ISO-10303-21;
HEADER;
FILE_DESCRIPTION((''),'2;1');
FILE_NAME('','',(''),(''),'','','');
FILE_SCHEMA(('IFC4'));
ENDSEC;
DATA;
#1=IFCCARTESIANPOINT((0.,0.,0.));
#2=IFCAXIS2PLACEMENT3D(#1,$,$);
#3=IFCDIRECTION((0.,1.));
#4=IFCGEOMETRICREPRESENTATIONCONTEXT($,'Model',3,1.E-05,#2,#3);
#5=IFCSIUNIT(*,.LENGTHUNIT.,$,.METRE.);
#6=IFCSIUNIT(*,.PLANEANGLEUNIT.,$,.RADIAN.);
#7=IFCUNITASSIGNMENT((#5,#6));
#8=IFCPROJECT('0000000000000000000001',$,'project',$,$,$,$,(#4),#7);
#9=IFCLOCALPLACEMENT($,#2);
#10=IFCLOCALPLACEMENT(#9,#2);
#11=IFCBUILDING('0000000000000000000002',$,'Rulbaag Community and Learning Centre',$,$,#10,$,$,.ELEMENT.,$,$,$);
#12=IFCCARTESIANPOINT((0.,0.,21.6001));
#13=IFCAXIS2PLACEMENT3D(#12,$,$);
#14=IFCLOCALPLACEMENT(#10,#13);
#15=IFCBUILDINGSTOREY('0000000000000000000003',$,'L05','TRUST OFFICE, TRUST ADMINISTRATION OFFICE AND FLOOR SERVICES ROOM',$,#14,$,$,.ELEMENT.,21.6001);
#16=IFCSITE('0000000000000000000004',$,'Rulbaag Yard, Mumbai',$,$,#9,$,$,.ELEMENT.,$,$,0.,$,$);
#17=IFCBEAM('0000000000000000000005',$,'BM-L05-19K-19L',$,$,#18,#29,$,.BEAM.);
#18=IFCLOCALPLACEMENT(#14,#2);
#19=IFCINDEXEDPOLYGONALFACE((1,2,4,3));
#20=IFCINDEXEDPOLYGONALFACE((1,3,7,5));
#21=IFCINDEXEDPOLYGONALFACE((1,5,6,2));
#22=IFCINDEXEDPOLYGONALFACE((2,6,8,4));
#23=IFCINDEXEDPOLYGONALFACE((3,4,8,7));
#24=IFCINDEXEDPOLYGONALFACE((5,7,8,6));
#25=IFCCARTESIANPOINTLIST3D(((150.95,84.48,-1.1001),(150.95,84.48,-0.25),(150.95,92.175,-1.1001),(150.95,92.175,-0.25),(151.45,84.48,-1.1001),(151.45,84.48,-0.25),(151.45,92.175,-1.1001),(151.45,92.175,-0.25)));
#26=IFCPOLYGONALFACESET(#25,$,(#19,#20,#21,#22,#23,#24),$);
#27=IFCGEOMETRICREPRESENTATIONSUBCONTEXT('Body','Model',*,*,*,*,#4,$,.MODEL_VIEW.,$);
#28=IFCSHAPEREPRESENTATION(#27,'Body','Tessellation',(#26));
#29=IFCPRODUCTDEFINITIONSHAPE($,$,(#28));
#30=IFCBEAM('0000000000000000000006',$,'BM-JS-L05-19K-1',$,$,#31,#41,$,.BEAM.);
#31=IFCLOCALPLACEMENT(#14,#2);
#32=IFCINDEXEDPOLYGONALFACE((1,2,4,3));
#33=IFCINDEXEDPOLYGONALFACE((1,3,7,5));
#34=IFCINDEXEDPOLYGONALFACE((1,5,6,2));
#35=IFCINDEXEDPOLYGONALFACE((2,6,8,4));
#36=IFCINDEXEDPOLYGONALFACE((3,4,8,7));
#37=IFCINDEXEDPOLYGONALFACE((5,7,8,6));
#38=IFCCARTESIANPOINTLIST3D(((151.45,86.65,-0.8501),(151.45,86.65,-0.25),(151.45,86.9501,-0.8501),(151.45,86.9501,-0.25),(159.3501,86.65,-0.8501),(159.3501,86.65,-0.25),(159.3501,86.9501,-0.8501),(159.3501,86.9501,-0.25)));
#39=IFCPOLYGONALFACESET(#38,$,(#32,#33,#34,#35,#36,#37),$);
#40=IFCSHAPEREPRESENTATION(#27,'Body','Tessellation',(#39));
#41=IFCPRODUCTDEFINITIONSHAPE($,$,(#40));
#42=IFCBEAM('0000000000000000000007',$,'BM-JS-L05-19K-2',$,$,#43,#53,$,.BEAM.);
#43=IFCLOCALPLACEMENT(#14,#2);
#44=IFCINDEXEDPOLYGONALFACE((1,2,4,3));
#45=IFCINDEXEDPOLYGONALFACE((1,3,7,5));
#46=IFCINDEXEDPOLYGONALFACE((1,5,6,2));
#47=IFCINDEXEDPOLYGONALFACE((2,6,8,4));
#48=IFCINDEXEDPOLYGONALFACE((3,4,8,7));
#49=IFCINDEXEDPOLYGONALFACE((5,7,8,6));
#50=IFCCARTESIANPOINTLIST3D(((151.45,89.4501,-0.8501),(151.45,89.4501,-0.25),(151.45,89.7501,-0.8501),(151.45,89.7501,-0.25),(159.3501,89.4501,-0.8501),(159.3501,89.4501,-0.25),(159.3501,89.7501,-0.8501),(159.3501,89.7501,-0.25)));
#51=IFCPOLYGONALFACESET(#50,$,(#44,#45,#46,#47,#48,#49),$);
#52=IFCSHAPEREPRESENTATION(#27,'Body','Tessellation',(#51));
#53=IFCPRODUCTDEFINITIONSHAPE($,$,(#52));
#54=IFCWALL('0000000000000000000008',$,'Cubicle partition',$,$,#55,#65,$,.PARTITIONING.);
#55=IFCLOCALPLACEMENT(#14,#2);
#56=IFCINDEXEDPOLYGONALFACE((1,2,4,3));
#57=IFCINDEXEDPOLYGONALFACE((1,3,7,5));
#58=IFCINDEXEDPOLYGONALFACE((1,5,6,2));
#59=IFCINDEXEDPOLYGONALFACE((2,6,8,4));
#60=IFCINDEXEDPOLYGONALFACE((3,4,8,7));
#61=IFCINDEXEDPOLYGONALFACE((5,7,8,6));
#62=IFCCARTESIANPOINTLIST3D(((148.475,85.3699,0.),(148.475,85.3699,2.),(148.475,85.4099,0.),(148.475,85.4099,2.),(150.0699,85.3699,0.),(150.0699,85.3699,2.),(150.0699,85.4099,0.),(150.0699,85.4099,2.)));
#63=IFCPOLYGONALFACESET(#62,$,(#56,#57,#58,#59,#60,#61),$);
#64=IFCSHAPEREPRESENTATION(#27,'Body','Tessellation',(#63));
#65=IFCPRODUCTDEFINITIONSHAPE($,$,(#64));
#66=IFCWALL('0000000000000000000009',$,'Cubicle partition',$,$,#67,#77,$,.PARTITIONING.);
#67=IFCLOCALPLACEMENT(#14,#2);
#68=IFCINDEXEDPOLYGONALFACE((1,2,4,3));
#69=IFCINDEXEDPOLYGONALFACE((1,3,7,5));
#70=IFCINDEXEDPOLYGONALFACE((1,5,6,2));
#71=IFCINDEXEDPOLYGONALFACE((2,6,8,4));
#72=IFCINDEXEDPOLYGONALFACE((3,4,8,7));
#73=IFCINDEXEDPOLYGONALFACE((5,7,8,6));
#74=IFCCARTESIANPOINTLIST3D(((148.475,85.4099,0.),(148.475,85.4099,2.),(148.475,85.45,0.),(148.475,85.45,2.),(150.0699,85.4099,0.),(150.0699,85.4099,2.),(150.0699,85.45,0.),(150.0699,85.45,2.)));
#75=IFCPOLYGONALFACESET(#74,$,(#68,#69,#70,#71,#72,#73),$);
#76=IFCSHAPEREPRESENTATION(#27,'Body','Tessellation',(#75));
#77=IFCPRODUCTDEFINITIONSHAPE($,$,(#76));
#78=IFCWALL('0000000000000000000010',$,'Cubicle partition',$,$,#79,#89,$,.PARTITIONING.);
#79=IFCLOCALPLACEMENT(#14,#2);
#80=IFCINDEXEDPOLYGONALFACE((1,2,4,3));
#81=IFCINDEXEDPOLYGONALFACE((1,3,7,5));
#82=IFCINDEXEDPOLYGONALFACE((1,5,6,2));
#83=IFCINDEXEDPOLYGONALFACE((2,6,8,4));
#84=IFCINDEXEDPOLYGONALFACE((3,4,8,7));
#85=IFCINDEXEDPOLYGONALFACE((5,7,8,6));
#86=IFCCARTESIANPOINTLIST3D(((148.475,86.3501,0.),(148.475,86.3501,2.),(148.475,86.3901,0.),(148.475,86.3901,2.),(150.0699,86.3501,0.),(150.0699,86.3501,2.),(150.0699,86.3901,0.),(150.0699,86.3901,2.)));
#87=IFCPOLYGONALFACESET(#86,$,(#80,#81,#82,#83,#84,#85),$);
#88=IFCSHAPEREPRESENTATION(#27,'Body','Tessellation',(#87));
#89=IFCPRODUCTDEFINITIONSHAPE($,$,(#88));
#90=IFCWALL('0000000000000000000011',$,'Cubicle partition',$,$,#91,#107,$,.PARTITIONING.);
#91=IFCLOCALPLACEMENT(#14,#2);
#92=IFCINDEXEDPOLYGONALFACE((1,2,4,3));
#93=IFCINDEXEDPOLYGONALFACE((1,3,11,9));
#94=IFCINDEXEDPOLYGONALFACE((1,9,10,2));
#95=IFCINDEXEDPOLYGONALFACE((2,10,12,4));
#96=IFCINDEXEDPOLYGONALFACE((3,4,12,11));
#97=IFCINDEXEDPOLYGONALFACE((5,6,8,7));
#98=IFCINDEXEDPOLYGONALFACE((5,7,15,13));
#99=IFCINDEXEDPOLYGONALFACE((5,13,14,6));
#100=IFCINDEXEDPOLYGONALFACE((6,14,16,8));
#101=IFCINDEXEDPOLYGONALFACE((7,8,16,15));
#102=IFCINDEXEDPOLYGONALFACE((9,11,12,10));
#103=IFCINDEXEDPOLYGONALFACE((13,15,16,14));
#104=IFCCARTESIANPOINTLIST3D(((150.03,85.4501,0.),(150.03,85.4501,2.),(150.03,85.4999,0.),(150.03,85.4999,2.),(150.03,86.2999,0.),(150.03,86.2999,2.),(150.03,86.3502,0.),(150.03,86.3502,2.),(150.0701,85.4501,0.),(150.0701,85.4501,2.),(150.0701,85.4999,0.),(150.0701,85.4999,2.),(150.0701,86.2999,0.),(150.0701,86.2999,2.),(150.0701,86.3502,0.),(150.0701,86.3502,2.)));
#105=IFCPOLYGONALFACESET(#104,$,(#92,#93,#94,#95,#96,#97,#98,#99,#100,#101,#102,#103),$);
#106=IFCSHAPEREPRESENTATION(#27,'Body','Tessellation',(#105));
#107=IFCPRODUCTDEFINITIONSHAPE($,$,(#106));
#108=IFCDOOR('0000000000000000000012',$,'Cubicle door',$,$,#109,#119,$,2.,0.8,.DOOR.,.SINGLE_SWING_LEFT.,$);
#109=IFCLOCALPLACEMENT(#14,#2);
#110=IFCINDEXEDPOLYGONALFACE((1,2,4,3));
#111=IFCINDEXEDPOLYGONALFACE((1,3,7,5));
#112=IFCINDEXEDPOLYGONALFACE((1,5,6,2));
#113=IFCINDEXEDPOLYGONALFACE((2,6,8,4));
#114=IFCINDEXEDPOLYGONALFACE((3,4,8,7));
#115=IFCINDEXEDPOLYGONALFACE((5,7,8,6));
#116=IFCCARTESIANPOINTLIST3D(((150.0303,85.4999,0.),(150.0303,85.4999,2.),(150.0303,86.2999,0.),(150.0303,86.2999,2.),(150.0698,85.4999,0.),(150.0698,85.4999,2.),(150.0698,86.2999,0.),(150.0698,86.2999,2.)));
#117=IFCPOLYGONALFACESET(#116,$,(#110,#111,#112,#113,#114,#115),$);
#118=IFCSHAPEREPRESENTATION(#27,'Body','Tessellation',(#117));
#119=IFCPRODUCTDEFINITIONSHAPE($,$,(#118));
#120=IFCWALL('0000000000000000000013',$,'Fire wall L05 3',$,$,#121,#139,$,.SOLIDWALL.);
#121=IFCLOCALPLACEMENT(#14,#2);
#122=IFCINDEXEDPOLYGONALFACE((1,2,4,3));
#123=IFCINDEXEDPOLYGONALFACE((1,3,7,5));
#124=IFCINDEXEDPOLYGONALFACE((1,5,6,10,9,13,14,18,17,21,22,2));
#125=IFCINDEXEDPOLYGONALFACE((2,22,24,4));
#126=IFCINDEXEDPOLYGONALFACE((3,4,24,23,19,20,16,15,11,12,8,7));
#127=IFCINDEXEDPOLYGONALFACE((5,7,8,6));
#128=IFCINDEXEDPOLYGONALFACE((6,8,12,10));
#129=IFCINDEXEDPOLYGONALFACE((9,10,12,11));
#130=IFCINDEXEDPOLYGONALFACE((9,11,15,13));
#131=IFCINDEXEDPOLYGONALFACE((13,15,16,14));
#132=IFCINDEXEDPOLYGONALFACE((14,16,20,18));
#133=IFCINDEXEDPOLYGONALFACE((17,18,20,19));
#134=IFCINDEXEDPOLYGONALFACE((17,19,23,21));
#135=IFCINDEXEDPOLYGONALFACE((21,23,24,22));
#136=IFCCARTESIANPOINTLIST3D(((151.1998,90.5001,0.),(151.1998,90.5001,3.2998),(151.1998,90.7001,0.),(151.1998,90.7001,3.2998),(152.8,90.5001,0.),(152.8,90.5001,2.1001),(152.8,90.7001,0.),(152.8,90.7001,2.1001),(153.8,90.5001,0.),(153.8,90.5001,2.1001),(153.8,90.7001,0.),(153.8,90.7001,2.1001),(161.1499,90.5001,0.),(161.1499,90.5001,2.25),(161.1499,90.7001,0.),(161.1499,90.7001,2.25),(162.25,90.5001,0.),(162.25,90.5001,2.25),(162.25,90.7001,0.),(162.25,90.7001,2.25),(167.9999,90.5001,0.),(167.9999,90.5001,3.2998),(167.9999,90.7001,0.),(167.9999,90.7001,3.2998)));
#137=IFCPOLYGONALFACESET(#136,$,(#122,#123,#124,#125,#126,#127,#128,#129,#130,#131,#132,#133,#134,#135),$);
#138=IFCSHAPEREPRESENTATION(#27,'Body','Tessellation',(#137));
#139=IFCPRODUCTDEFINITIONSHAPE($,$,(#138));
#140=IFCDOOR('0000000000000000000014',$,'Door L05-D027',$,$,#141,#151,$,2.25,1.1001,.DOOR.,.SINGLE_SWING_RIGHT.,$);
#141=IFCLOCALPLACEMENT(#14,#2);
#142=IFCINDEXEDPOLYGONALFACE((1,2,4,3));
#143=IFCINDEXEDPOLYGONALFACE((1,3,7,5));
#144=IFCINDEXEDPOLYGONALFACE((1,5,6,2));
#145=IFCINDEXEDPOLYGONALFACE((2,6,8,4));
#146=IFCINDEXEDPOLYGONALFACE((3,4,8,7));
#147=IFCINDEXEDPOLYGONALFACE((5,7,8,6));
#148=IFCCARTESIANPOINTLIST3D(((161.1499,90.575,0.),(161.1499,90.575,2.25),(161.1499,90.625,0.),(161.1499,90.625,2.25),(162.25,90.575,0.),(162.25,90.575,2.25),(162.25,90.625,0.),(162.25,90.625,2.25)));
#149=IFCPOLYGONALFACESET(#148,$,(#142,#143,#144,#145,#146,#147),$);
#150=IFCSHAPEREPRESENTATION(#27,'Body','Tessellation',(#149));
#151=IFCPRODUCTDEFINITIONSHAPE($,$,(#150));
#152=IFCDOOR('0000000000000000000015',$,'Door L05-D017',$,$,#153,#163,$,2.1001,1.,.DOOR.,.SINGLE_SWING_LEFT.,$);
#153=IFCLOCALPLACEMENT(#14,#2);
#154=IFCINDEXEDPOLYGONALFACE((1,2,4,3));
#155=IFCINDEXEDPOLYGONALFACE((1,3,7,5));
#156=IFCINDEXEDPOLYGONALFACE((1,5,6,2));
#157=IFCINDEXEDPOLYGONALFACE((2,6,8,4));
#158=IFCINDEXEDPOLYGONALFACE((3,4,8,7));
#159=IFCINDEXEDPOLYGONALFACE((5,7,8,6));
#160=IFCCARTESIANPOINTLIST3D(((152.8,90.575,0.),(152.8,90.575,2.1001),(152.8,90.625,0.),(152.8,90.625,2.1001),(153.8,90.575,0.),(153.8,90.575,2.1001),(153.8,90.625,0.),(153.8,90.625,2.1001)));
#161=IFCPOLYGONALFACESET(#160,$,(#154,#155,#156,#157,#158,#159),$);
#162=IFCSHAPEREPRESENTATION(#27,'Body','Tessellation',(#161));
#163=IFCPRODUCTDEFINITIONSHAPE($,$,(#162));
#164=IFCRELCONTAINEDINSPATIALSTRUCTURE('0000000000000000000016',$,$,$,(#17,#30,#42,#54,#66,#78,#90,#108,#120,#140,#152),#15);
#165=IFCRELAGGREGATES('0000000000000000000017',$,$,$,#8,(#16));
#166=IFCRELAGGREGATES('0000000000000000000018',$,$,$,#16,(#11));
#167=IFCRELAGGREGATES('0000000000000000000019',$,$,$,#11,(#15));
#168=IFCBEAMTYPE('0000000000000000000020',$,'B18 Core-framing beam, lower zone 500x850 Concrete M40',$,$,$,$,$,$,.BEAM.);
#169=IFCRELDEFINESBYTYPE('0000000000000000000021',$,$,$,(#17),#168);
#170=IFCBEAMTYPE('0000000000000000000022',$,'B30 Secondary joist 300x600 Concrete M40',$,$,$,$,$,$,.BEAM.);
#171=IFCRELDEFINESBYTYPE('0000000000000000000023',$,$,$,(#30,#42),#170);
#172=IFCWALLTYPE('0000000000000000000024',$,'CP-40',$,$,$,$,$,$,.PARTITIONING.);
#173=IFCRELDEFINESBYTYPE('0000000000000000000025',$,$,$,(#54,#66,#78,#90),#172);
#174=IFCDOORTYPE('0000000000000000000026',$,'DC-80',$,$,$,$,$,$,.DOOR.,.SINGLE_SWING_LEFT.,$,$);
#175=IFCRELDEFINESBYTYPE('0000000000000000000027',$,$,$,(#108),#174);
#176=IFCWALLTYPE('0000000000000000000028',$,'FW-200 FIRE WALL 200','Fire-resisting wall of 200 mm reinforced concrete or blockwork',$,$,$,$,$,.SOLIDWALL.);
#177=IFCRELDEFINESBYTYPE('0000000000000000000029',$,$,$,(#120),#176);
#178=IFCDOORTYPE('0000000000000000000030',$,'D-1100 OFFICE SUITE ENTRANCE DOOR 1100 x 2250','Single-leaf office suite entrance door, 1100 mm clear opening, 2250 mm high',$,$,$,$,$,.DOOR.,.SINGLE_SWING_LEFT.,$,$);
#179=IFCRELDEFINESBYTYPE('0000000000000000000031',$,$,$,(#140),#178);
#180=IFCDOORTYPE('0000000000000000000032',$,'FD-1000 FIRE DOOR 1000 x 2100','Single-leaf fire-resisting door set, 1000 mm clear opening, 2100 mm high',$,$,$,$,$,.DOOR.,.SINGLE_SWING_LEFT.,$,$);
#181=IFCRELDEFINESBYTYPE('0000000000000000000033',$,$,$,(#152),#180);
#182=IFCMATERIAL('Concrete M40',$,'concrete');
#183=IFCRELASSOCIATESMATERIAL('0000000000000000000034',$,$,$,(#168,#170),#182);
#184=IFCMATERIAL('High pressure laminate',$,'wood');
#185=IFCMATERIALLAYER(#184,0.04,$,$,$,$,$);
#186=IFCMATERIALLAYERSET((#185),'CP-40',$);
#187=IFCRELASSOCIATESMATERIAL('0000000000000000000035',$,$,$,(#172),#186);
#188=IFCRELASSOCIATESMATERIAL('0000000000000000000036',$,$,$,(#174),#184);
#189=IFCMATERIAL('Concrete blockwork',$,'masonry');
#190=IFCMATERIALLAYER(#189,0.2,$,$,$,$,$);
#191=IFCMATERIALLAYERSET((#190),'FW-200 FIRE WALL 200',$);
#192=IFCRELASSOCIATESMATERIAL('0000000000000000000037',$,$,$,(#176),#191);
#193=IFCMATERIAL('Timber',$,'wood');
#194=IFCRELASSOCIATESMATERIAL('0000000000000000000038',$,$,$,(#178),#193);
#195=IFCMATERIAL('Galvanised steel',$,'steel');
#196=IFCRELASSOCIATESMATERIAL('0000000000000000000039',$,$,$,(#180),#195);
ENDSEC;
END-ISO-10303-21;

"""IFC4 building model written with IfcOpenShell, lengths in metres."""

from ifc_helpers import new_model, si_unit, direction, frame, frame_2d, origin, origin_2d, place, context, subcontext, project, spatial, rectangle, extrude, material, layer, layer_set, material_profile, profile_set, type_object, element, fill, save


model = new_model("IFC4")

# Units and contexts
model_context = context("Model", 3, precision=1e-05, world=origin(), true_north=direction((0.0, 1.0)))
body_context = subcontext(model_context, "Body", "Model", "MODEL_VIEW")
ifc_project = project(units=[si_unit("LENGTHUNIT", "METRE"), si_unit("PLANEANGLEUNIT", "RADIAN")], contexts=[model_context])

# Site, building, storey
site_placement = place(None, origin())
site = spatial("IfcSite", under=ifc_project, at=site_placement, Name="Rulbaag Yard, Mumbai", CompositionType="ELEMENT", RefElevation=0.0)
building_placement = place(site_placement, origin())
building = spatial("IfcBuilding", under=site, at=building_placement, Name="Rulbaag Community and Learning Centre", CompositionType="ELEMENT")
storey_placement = place(building_placement, frame((0.0, 0.0, 21.6001)))
storey = spatial("IfcBuildingStorey", under=building, at=storey_placement, Name="L05", Description="TRUST OFFICE, TRUST ADMINISTRATION OFFICE AND FLOOR SERVICES ROOM", CompositionType="ELEMENT", Elevation=21.6001)

# Beams
ifc_material_1 = material(Name="Concrete M40", Category="concrete")
ifc_material_profile_1 = material_profile(ifc_material_1, rectangle(XDim=0.5, YDim=0.8501, at=origin_2d()), Name="RB500x850")
ifc_profile_set_1 = profile_set([ifc_material_profile_1], Name="Concrete M40")
beam_type_1 = type_object("IfcBeamType", Name="B18 Core-framing beam, lower zone 500x850 Concrete M40", PredefinedType="BEAM", material=ifc_profile_set_1)
beam_placement = place(storey_placement, frame((151.2, 84.48, -0.675), z_axis=(0.0, 1.0, 0.0), x_axis=(-1.0, 0.0, 0.0)))
element("IfcBeam", 1, at=beam_placement, inside=storey, type_object=beam_type_1, Name="BM-L05-19K-19L", PredefinedType="BEAM", context=body_context, shape_type="SweptSolid", body=[
    extrude(rectangle(XDim=0.5, YDim=0.8501, at=origin_2d()), origin(), (0.0, 0.0, 1.0), 7.6951),
])
ifc_material_profile_2 = material_profile(ifc_material_1, rectangle(XDim=0.3, YDim=0.6001, at=origin_2d()), Name="RB300x600")
ifc_profile_set_2 = profile_set([ifc_material_profile_2], Name="Concrete M40")
beam_type_2 = type_object("IfcBeamType", Name="B30 Secondary joist 300x600 Concrete M40", PredefinedType="BEAM", material=ifc_profile_set_2)
for number, where, z_axis, x_axis, name in (
    (2, (151.45, 86.8, -0.55), (1.0, 0.0, 0.0), (0.0, 1.0, 0.0), "BM-JS-L05-19K-1"),
    (3, (151.45, 89.6001, -0.55), (1.0, 0.0, 0.0), (0.0, 1.0, 0.0), "BM-JS-L05-19K-2"),
):
    element("IfcBeam", number, at=place(storey_placement, frame(where, z_axis=z_axis, x_axis=x_axis)), inside=storey, type_object=beam_type_2, Name=name, PredefinedType="BEAM", context=body_context, shape_type="SweptSolid", body=[
        extrude(rectangle(XDim=0.3, YDim=0.6001, at=origin_2d()), origin(), (0.0, 0.0, 1.0), 7.9001),
    ])

# Walls
ifc_material_2 = material(Name="High pressure laminate", Category="wood")
ifc_layer_1 = layer(ifc_material_2, 0.04)
ifc_layer_set_1 = layer_set([ifc_layer_1], Name="CP-40")
wall_type_1 = type_object("IfcWallType", Name="CP-40", PredefinedType="PARTITIONING", material=ifc_layer_set_1)
for number, where, z_axis, x_axis, name in (
    (4, (148.4751, 85.3899, 0.0), (0.0, 0.0, 1.0), (1.0, 0.0, 0.0), "Cubicle partition"),
    (5, (148.4751, 85.4299, 0.0), (0.0, 0.0, 1.0), (1.0, 0.0, 0.0), "Cubicle partition"),
    (6, (148.4751, 86.3701, 0.0), (0.0, 0.0, 1.0), (1.0, 0.0, 0.0), "Cubicle partition"),
):
    element("IfcWall", number, at=place(storey_placement, frame(where, z_axis=z_axis, x_axis=x_axis)), inside=storey, type_object=wall_type_1, Name=name, PredefinedType="PARTITIONING", context=body_context, shape_type="SweptSolid", body=[
        extrude(rectangle(XDim=1.595, YDim=0.04, at=frame_2d((0.7974, 0.0))), origin(), (0.0, 0.0, 1.0), 2.0),
    ])

# Wall, opening, door
wall_1_placement = place(storey_placement, frame((150.05, 85.45, 0.0), z_axis=(0.0, 0.0, 1.0), x_axis=(0.0, 1.0, 0.0)))
wall_1 = element("IfcWall", 7, at=wall_1_placement, inside=storey, type_object=wall_type_1, Name="Cubicle partition", PredefinedType="PARTITIONING", context=body_context, shape_type="SweptSolid", body=[
    extrude(rectangle(XDim=0.9001, YDim=0.04, at=frame_2d((0.4502, 0.0))), origin(), (0.0, 0.0, 1.0), 2.0),
])
opening_1_placement = place(wall_1_placement, frame((0.05, 0.0, 0.0)))
opening_1 = element("IfcOpeningElement", 8, at=opening_1_placement, cuts=wall_1, PredefinedType="OPENING", context=body_context, shape_type="SweptSolid", body=[
    extrude(rectangle(XDim=0.8, YDim=2.0, at=frame_2d((0.3999, 1.0))), frame((0.0, 0.03, 0.0), z_axis=(0.0, -1.0, 0.0), x_axis=(1.0, 0.0, 0.0)), (0.0, 0.0, 1.0), 0.0601),
])
door_type_1 = type_object("IfcDoorType", Name="DC-80", OperationType="SINGLE_SWING_LEFT", PredefinedType="DOOR", material=ifc_material_2)
door_1_placement = place(opening_1_placement, origin())
door_1 = element("IfcDoor", 9, at=door_1_placement, inside=storey, type_object=door_type_1, Name="Cubicle door", OperationType="SINGLE_SWING_LEFT", OverallHeight=2.0, OverallWidth=0.8, PredefinedType="DOOR", context=body_context, shape_type="SweptSolid", body=[
    extrude(rectangle(XDim=0.8, YDim=2.0, at=frame_2d((0.3999, 1.0))), frame((0.0, 0.0198, 0.0), z_axis=(0.0, -1.0, 0.0), x_axis=(1.0, 0.0, 0.0)), (0.0, 0.0, 1.0), 0.0396),
])
fill(opening_1, door_1)

# Wall, openings, doors
ifc_material_3 = material(Name="Concrete blockwork", Category="masonry")
ifc_layer_2 = layer(ifc_material_3, 0.2)
ifc_layer_set_2 = layer_set([ifc_layer_2], Name="FW-200 FIRE WALL 200")
wall_type_2 = type_object("IfcWallType", Name="FW-200 FIRE WALL 200", Description="Fire-resisting wall of 200 mm reinforced concrete or blockwork", PredefinedType="SOLIDWALL", material=ifc_layer_set_2)
wall_2_placement = place(storey_placement, frame((151.2, 90.6001, 0.0), z_axis=(0.0, 0.0, 1.0), x_axis=(1.0, 0.0, 0.0)))
wall_2 = element("IfcWall", 10, at=wall_2_placement, inside=storey, type_object=wall_type_2, Name="Fire wall L05 3", PredefinedType="SOLIDWALL", context=body_context, shape_type="SweptSolid", body=[
    extrude(rectangle(XDim=16.8, YDim=0.2, at=frame_2d((8.3999, 0.0))), origin(), (0.0, 0.0, 1.0), 3.2998),
])
opening_2_placement = place(wall_2_placement, frame((1.6001, 0.0, 0.0)))
opening_2 = element("IfcOpeningElement", 11, at=opening_2_placement, cuts=wall_2, PredefinedType="OPENING", context=body_context, shape_type="SweptSolid", body=[
    extrude(rectangle(XDim=1.0, YDim=2.1001, at=frame_2d((0.5, 1.05))), frame((0.0, 0.1099, 0.0), z_axis=(0.0, -1.0, 0.0), x_axis=(1.0, 0.0, 0.0)), (0.0, 0.0, 1.0), 0.22),
])
opening_3_placement = place(wall_2_placement, frame((9.95, 0.0, 0.0)))
opening_3 = element("IfcOpeningElement", 12, at=opening_3_placement, cuts=wall_2, PredefinedType="OPENING", context=body_context, shape_type="SweptSolid", body=[
    extrude(rectangle(XDim=1.1001, YDim=2.25, at=frame_2d((0.55, 1.125))), frame((0.0, 0.1099, 0.0), z_axis=(0.0, -1.0, 0.0), x_axis=(1.0, 0.0, 0.0)), (0.0, 0.0, 1.0), 0.22),
])
ifc_material_4 = material(Name="Timber", Category="wood")
door_type_2 = type_object("IfcDoorType", Name="D-1100 OFFICE SUITE ENTRANCE DOOR 1100 x 2250", Description="Single-leaf office suite entrance door, 1100 mm clear opening, 2250 mm high", OperationType="SINGLE_SWING_LEFT", PredefinedType="DOOR", material=ifc_material_4)
door_2_placement = place(opening_3_placement, origin())
door_2 = element("IfcDoor", 13, at=door_2_placement, inside=storey, type_object=door_type_2, Name="Door L05-D027", OperationType="SINGLE_SWING_RIGHT", OverallHeight=2.25, OverallWidth=1.1001, PredefinedType="DOOR", context=body_context, shape_type="SweptSolid", body=[
    extrude(rectangle(XDim=1.1001, YDim=2.25, at=frame_2d((0.55, 1.125))), frame((0.0, 0.0249, 0.0), z_axis=(0.0, -1.0, 0.0), x_axis=(1.0, 0.0, 0.0)), (0.0, 0.0, 1.0), 0.05),
])
fill(opening_3, door_2)
ifc_material_5 = material(Name="Galvanised steel", Category="steel")
door_type_3 = type_object("IfcDoorType", Name="FD-1000 FIRE DOOR 1000 x 2100", Description="Single-leaf fire-resisting door set, 1000 mm clear opening, 2100 mm high", OperationType="SINGLE_SWING_LEFT", PredefinedType="DOOR", material=ifc_material_5)
door_3_placement = place(opening_2_placement, origin())
door_3 = element("IfcDoor", 14, at=door_3_placement, inside=storey, type_object=door_type_3, Name="Door L05-D017", OperationType="SINGLE_SWING_LEFT", OverallHeight=2.1001, OverallWidth=1.0, PredefinedType="DOOR", context=body_context, shape_type="SweptSolid", body=[
    extrude(rectangle(XDim=1.0, YDim=2.1001, at=frame_2d((0.5, 1.05))), frame((0.0, 0.0249, 0.0), z_axis=(0.0, -1.0, 0.0), x_axis=(1.0, 0.0, 0.0)), (0.0, 0.0, 1.0), 0.05),
])
fill(opening_2, door_3)

save(model, "model.ifc")
